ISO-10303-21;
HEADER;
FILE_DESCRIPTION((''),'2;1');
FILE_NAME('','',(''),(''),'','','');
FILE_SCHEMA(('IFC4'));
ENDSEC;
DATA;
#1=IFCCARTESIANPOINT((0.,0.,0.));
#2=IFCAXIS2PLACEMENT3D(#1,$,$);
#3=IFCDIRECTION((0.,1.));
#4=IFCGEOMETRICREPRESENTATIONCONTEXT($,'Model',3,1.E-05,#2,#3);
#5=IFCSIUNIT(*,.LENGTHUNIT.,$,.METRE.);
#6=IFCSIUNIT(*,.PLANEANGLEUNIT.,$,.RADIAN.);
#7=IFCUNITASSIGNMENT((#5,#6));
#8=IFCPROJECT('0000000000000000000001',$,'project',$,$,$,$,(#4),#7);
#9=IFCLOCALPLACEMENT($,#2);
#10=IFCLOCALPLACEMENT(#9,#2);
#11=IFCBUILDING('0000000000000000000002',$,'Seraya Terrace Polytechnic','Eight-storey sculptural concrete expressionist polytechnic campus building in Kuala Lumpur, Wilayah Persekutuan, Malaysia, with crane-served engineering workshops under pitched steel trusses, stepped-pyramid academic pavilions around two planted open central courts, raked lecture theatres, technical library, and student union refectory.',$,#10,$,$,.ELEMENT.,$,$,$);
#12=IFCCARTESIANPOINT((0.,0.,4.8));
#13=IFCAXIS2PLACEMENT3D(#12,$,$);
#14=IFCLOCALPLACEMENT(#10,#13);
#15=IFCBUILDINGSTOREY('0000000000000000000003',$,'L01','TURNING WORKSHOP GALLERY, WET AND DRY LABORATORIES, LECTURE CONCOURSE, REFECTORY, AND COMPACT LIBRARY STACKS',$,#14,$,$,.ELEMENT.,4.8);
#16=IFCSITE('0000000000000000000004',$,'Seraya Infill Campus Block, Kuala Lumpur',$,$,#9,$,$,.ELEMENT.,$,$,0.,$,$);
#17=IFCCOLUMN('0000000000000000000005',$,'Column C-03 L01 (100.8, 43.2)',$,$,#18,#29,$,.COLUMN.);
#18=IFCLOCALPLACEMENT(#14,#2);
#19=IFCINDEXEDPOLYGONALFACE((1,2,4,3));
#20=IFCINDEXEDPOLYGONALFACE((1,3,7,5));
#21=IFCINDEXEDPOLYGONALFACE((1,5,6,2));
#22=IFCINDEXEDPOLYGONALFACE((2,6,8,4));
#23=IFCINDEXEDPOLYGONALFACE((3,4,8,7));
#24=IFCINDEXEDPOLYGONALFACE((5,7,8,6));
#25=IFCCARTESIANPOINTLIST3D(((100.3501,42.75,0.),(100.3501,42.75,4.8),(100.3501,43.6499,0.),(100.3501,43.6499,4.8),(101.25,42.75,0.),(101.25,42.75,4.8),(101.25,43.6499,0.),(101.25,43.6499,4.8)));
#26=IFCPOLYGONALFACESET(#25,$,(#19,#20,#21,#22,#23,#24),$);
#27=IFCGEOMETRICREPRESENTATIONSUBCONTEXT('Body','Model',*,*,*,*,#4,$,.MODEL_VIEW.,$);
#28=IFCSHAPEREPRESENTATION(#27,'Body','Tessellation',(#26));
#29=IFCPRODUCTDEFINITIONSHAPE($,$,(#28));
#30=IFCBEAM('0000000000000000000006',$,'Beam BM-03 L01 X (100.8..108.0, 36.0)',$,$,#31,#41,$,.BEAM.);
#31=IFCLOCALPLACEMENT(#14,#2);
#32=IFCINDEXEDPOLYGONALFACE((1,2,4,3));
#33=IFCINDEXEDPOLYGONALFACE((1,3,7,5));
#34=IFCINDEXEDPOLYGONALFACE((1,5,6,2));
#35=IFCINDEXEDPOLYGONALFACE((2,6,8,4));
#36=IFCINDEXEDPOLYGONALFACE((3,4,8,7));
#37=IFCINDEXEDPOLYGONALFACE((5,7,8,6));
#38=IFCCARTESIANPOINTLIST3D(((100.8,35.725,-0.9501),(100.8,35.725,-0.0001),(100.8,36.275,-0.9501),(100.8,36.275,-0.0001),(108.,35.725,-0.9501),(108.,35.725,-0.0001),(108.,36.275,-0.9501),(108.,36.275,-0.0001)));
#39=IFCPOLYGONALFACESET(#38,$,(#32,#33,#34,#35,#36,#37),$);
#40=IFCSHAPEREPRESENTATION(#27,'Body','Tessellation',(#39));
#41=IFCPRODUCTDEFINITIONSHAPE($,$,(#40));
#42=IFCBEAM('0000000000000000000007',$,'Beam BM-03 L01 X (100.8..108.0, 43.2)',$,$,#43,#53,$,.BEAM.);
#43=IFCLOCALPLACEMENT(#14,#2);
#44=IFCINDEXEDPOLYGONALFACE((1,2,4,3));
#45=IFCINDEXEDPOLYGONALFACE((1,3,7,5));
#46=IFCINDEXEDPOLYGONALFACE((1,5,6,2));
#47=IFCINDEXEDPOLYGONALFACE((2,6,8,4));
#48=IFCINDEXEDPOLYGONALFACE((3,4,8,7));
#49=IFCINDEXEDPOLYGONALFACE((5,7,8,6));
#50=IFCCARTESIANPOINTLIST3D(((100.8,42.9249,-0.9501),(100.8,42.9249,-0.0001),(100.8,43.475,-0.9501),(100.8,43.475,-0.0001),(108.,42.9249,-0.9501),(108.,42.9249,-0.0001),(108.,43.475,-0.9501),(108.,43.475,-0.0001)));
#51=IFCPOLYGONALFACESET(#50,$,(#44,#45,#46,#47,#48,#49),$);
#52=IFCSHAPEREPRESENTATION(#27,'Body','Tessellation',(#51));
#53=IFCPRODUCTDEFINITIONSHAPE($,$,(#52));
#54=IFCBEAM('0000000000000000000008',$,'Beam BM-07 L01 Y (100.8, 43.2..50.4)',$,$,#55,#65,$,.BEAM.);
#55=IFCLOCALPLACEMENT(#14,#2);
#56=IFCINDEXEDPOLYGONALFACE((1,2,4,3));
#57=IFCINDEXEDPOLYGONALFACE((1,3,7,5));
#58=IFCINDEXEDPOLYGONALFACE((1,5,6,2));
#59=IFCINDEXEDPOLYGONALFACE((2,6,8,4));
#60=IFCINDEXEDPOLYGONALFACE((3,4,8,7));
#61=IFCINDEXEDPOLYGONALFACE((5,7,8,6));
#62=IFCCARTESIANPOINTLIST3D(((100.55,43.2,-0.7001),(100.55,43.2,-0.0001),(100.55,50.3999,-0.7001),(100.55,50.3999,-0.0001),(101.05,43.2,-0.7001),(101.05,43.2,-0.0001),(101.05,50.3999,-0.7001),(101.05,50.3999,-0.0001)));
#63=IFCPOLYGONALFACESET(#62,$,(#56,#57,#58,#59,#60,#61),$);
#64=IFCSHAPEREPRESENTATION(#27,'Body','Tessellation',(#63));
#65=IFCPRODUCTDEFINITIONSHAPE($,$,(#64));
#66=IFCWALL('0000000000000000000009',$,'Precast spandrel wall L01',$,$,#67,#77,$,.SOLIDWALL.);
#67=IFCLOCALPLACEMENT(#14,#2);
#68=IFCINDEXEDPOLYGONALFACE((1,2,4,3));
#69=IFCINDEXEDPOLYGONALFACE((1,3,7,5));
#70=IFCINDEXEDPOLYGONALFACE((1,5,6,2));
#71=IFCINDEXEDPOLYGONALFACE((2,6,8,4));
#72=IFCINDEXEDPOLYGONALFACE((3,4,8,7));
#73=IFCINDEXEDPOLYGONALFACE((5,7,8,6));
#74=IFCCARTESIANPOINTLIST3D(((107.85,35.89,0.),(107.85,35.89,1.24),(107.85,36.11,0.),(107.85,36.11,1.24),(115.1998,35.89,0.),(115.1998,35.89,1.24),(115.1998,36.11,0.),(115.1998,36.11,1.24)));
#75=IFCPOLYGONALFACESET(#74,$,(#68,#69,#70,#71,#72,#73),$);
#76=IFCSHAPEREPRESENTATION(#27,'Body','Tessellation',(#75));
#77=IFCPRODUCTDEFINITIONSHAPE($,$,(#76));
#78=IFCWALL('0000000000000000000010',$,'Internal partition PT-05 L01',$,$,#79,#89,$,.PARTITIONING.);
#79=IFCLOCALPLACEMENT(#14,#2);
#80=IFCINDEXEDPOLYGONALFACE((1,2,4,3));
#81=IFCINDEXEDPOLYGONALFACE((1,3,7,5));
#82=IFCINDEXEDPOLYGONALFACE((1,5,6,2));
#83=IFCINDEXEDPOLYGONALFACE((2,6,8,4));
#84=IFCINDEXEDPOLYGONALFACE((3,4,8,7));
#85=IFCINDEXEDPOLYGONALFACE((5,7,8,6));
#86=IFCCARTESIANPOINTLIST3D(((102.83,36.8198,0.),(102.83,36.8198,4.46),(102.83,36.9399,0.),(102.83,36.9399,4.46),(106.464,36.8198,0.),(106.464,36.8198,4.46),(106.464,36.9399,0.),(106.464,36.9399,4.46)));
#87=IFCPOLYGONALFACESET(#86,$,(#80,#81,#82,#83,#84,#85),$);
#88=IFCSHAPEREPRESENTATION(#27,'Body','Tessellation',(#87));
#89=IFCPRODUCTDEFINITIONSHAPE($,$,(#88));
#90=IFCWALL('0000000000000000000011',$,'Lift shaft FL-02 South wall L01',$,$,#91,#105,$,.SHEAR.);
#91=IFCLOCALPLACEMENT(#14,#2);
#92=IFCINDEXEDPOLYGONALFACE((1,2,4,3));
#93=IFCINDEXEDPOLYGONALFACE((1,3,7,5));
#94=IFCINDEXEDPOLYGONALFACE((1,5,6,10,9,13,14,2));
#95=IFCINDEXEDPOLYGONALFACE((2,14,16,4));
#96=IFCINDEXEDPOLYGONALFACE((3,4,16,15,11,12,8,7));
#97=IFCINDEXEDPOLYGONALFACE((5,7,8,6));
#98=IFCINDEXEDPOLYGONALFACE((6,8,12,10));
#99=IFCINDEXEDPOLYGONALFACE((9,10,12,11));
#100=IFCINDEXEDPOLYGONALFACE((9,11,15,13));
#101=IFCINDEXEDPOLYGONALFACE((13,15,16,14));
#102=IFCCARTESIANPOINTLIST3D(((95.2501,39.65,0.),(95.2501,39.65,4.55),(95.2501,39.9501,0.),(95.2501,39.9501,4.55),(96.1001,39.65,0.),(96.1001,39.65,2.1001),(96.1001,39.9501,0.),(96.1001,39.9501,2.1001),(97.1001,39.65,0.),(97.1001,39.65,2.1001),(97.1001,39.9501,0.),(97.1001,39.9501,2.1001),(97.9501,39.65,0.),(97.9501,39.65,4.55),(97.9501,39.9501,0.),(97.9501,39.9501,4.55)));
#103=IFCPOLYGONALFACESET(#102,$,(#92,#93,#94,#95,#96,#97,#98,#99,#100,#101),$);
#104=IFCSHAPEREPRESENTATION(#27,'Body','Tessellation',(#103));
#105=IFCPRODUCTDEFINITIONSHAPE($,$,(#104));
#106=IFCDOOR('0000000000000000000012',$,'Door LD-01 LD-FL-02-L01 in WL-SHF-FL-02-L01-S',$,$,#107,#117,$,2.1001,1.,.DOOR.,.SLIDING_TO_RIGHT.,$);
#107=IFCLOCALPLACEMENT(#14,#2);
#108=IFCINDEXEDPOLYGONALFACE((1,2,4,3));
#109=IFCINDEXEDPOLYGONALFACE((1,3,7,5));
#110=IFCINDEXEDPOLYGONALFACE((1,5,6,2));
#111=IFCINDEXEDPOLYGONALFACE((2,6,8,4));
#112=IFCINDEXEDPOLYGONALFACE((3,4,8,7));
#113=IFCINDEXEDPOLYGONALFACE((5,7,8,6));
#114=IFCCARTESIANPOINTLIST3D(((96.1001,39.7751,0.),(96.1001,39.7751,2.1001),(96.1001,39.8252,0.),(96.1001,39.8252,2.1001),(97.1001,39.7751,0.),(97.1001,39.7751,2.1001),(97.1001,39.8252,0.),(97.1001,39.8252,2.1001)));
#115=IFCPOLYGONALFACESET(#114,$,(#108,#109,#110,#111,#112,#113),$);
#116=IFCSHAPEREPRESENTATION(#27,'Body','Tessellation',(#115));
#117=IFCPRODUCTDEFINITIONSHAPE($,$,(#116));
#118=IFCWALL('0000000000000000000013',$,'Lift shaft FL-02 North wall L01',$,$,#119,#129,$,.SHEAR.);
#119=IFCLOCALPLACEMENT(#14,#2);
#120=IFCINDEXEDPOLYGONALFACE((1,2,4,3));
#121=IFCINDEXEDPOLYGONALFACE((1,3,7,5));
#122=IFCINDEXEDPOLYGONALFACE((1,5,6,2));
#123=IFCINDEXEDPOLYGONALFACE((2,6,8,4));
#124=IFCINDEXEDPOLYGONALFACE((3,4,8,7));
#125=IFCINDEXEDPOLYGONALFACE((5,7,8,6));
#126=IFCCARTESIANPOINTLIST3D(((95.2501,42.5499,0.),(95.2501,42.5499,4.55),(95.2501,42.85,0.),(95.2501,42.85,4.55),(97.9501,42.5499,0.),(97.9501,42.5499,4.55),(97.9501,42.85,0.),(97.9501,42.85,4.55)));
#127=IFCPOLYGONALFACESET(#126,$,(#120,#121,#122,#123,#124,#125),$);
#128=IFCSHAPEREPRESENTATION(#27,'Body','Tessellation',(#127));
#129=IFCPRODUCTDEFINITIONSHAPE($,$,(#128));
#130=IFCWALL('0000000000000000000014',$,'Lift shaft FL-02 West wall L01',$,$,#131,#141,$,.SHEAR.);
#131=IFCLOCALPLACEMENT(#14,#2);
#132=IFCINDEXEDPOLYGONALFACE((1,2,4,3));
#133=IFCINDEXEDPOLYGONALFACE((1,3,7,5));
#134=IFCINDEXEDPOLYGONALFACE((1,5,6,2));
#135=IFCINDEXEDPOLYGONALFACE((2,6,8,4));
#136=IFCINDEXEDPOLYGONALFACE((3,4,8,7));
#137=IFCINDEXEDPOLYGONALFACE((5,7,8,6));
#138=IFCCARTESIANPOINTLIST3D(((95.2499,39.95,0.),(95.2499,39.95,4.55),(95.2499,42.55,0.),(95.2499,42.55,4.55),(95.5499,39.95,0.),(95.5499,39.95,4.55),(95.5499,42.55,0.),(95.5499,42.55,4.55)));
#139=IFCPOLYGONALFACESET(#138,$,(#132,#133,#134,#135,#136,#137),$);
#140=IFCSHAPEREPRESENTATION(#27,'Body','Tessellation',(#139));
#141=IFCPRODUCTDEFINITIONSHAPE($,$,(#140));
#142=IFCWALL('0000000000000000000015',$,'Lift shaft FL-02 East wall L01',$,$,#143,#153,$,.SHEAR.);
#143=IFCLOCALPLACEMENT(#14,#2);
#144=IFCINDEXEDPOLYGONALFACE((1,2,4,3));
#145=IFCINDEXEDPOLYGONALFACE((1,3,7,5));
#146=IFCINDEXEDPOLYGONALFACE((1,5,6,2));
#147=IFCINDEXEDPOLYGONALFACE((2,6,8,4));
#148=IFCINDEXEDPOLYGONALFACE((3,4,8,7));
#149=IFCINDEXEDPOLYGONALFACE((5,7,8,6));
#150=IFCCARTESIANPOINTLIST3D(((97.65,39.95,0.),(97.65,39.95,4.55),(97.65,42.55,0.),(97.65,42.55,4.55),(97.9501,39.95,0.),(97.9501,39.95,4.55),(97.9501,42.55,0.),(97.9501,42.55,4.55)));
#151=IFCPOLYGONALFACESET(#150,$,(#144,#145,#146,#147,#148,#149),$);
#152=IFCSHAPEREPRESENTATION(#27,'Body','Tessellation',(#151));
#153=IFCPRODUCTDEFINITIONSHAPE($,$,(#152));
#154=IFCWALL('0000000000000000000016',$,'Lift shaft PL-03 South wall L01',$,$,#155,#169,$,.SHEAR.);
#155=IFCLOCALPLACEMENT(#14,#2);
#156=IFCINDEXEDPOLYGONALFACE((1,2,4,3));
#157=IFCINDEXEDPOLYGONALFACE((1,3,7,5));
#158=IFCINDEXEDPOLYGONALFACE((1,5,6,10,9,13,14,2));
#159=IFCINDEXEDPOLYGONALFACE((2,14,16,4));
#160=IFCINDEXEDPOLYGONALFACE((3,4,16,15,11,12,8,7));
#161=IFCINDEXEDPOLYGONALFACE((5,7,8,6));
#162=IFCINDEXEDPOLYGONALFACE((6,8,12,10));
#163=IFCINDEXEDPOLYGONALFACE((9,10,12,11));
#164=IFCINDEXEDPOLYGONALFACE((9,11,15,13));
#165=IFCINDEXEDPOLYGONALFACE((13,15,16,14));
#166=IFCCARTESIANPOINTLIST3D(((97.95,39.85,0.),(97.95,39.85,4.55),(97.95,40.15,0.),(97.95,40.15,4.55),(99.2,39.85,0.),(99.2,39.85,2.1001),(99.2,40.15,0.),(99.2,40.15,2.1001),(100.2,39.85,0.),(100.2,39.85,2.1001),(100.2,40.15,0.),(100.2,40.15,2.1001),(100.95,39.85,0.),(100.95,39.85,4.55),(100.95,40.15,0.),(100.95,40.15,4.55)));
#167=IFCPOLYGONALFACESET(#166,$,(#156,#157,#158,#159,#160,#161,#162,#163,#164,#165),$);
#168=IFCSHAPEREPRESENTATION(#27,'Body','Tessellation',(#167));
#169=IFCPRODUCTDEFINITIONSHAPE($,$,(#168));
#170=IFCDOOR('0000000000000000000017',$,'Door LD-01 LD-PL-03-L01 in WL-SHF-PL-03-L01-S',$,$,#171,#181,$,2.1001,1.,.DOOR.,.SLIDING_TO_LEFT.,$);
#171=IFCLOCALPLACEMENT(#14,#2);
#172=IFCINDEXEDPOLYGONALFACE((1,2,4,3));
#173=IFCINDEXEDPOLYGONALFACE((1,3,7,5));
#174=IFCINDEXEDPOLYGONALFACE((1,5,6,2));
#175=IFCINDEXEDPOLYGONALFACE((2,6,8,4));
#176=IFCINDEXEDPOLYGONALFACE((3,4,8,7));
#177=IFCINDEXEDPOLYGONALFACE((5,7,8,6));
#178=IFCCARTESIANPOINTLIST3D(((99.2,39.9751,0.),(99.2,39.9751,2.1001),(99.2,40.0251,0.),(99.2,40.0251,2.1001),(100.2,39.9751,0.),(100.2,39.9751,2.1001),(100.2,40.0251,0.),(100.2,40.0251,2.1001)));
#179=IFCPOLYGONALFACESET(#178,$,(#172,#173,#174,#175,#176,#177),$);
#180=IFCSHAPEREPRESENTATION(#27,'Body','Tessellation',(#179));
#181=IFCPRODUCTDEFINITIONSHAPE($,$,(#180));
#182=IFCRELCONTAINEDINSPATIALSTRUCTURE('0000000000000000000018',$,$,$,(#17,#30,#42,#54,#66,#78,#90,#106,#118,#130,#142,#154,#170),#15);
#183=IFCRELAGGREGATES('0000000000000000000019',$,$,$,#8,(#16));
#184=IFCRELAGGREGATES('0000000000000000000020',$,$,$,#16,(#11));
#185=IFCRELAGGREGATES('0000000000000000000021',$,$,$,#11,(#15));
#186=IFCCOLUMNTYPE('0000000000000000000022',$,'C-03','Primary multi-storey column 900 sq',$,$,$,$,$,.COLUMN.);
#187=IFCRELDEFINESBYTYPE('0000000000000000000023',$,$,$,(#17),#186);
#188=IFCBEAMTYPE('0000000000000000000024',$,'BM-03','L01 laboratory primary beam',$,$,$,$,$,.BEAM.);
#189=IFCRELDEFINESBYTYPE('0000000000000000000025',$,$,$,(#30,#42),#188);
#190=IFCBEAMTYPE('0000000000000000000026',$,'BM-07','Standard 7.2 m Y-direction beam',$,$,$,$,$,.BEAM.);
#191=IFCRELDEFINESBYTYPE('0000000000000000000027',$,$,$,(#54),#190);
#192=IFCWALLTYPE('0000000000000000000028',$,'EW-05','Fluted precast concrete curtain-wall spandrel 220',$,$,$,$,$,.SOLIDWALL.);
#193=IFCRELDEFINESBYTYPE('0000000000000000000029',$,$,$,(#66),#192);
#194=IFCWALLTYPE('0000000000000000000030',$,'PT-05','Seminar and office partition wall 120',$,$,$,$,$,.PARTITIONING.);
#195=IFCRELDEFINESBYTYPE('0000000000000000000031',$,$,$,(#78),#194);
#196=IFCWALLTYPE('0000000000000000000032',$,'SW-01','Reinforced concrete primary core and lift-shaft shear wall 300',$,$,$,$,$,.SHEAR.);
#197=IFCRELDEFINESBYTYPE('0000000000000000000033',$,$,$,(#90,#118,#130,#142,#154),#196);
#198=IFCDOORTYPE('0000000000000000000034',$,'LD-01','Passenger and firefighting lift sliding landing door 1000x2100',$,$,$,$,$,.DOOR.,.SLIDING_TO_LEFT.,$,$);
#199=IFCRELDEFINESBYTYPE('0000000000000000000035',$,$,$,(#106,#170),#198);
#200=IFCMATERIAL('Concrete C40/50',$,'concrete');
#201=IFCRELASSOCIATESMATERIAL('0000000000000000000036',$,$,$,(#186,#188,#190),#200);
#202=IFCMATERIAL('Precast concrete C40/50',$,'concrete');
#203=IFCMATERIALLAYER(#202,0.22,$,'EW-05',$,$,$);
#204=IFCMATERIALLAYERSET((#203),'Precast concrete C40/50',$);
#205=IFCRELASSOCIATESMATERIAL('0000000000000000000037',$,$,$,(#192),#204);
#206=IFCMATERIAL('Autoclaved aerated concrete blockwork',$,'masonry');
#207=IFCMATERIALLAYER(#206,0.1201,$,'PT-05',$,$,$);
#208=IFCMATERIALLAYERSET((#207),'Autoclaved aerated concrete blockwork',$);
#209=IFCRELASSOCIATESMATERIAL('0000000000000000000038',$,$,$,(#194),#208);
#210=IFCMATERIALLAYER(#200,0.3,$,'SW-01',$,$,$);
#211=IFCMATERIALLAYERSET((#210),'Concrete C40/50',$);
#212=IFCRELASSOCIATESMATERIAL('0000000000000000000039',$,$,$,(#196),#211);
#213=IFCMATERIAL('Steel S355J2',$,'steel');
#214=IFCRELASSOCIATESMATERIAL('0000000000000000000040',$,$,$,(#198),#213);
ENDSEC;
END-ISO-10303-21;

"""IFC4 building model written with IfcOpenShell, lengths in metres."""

from ifc_helpers import new_model, si_unit, direction, frame, frame_2d, origin, origin_2d, place, context, subcontext, project, spatial, rectangle, extrude, material, layer, layer_set, material_profile, profile_set, type_object, element, fill, save


model = new_model("IFC4")

# Units and contexts
model_context = context("Model", 3, precision=1e-05, world=origin(), true_north=direction((0.0, 1.0)))
body_context = subcontext(model_context, "Body", "Model", "MODEL_VIEW")
ifc_project = project(units=[si_unit("LENGTHUNIT", "METRE"), si_unit("PLANEANGLEUNIT", "RADIAN")], contexts=[model_context])

# Site, building, storey
site_placement = place(None, origin())
site = spatial("IfcSite", under=ifc_project, at=site_placement, Name="Seraya Infill Campus Block, Kuala Lumpur", CompositionType="ELEMENT", RefElevation=0.0)
building_placement = place(site_placement, origin())
building = spatial("IfcBuilding", under=site, at=building_placement, Name="Seraya Terrace Polytechnic", Description="Eight-storey sculptural concrete expressionist polytechnic campus building in Kuala Lumpur, Wilayah Persekutuan, Malaysia, with crane-served engineering workshops under pitched steel trusses, stepped-pyramid academic pavilions around two planted open central courts, raked lecture theatres, technical library, and student union refectory.", CompositionType="ELEMENT")
storey_placement = place(building_placement, frame((0.0, 0.0, 4.8)))
storey = spatial("IfcBuildingStorey", under=building, at=storey_placement, Name="L01", Description="TURNING WORKSHOP GALLERY, WET AND DRY LABORATORIES, LECTURE CONCOURSE, REFECTORY, AND COMPACT LIBRARY STACKS", CompositionType="ELEMENT", Elevation=4.8)

# Column
ifc_material_1 = material(Name="Concrete C40/50", Category="concrete")
ifc_material_profile_1 = material_profile(ifc_material_1, rectangle(XDim=0.8999, YDim=0.8999, at=origin_2d()), Name="RC 900x900")
ifc_profile_set_1 = profile_set([ifc_material_profile_1], Name="Concrete C40/50")
column_type = type_object("IfcColumnType", Name="C-03", Description="Primary multi-storey column 900 sq", PredefinedType="COLUMN", material=ifc_profile_set_1)
column_placement = place(storey_placement, frame((100.8, 43.2, 0.0), z_axis=(0.0, 0.0, 1.0), x_axis=(1.0, 0.0, 0.0)))
element("IfcColumn", 1, at=column_placement, inside=storey, type_object=column_type, Name="Column C-03 L01 (100.8, 43.2)", PredefinedType="COLUMN", context=body_context, shape_type="SweptSolid", body=[
    extrude(rectangle(XDim=0.8999, YDim=0.8999, at=origin_2d()), origin(), (0.0, 0.0, 1.0), 4.8),
])

# Beams
ifc_material_profile_2 = material_profile(ifc_material_1, rectangle(XDim=0.55, YDim=0.95, at=origin_2d()), Name="RC 550x950")
ifc_profile_set_2 = profile_set([ifc_material_profile_2], Name="Concrete C40/50")
beam_type_1 = type_object("IfcBeamType", Name="BM-03", Description="L01 laboratory primary beam", PredefinedType="BEAM", material=ifc_profile_set_2)
for number, where, z_axis, x_axis, name in (
    (2, (100.8, 36.0, -0.4751), (1.0, 0.0, 0.0), (0.0, 1.0, 0.0), "Beam BM-03 L01 X (100.8..108.0, 36.0)"),
    (3, (100.8, 43.2, -0.4751), (1.0, 0.0, 0.0), (0.0, 1.0, 0.0), "Beam BM-03 L01 X (100.8..108.0, 43.2)"),
):
    element("IfcBeam", number, at=place(storey_placement, frame(where, z_axis=z_axis, x_axis=x_axis)), inside=storey, type_object=beam_type_1, Name=name, PredefinedType="BEAM", context=body_context, shape_type="SweptSolid", body=[
        extrude(rectangle(XDim=0.55, YDim=0.95, at=origin_2d()), origin(), (0.0, 0.0, 1.0), 7.2),
    ])
ifc_material_profile_3 = material_profile(ifc_material_1, rectangle(XDim=0.5, YDim=0.7, at=origin_2d()), Name="RC 500x700")
ifc_profile_set_3 = profile_set([ifc_material_profile_3], Name="Concrete C40/50")
beam_type_2 = type_object("IfcBeamType", Name="BM-07", Description="Standard 7.2 m Y-direction beam", PredefinedType="BEAM", material=ifc_profile_set_3)
beam_placement = place(storey_placement, frame((100.8, 43.2, -0.3501), z_axis=(0.0, 1.0, 0.0), x_axis=(-1.0, 0.0, 0.0)))
element("IfcBeam", 4, at=beam_placement, inside=storey, type_object=beam_type_2, Name="Beam BM-07 L01 Y (100.8, 43.2..50.4)", PredefinedType="BEAM", context=body_context, shape_type="SweptSolid", body=[
    extrude(rectangle(XDim=0.5, YDim=0.7, at=origin_2d()), origin(), (0.0, 0.0, 1.0), 7.2),
])

# Walls
ifc_material_2 = material(Name="Precast concrete C40/50", Category="concrete")
ifc_layer_1 = layer(ifc_material_2, 0.22, Name="EW-05")
ifc_layer_set_1 = layer_set([ifc_layer_1], Name="Precast concrete C40/50")
wall_type_1 = type_object("IfcWallType", Name="EW-05", Description="Fluted precast concrete curtain-wall spandrel 220", PredefinedType="SOLIDWALL", material=ifc_layer_set_1)
wall_1_placement = place(storey_placement, frame((107.8501, 36.0, 0.0), z_axis=(0.0, 0.0, 1.0), x_axis=(1.0, 0.0, 0.0)))
element("IfcWall", 5, at=wall_1_placement, inside=storey, type_object=wall_type_1, Name="Precast spandrel wall L01", PredefinedType="SOLIDWALL", context=body_context, shape_type="SweptSolid", body=[
    extrude(rectangle(XDim=7.3499, YDim=0.22, at=frame_2d((3.6748, 0.0))), origin(), (0.0, 0.0, 1.0), 1.24),
])
ifc_material_3 = material(Name="Autoclaved aerated concrete blockwork", Category="masonry")
ifc_layer_2 = layer(ifc_material_3, 0.1201, Name="PT-05")
ifc_layer_set_2 = layer_set([ifc_layer_2], Name="Autoclaved aerated concrete blockwork")
wall_type_2 = type_object("IfcWallType", Name="PT-05", Description="Seminar and office partition wall 120", PredefinedType="PARTITIONING", material=ifc_layer_set_2)
wall_2_placement = place(storey_placement, frame((102.8301, 36.8799, 0.0), z_axis=(0.0, 0.0, 1.0), x_axis=(1.0, 0.0, 0.0)))
element("IfcWall", 6, at=wall_2_placement, inside=storey, type_object=wall_type_2, Name="Internal partition PT-05 L01", PredefinedType="PARTITIONING", context=body_context, shape_type="SweptSolid", body=[
    extrude(rectangle(XDim=3.634, YDim=0.1201, at=frame_2d((1.8169, 0.0))), origin(), (0.0, 0.0, 1.0), 4.46),
])

# Wall, opening, door
ifc_layer_3 = layer(ifc_material_1, 0.3, Name="SW-01")
ifc_layer_set_3 = layer_set([ifc_layer_3], Name="Concrete C40/50")
wall_type_3 = type_object("IfcWallType", Name="SW-01", Description="Reinforced concrete primary core and lift-shaft shear wall 300", PredefinedType="SHEAR", material=ifc_layer_set_3)
wall_3_placement = place(storey_placement, frame((95.25, 39.8, 0.0), z_axis=(0.0, 0.0, 1.0), x_axis=(1.0, 0.0, 0.0)))
wall_3 = element("IfcWall", 7, at=wall_3_placement, inside=storey, type_object=wall_type_3, Name="Lift shaft FL-02 South wall L01", PredefinedType="SHEAR", context=body_context, shape_type="SweptSolid", body=[
    extrude(rectangle(XDim=2.7, YDim=0.3, at=frame_2d((1.3501, 0.0))), origin(), (0.0, 0.0, 1.0), 4.55),
])
opening_1_placement = place(wall_3_placement, frame((0.8501, 0.0, 0.0)))
opening_1 = element("IfcOpeningElement", 8, at=opening_1_placement, cuts=wall_3, PredefinedType="OPENING", context=body_context, shape_type="SweptSolid", body=[
    extrude(rectangle(XDim=1.0, YDim=2.1001, at=frame_2d((0.5, 1.05))), frame((0.0, 0.1621, 0.0), z_axis=(0.0, -1.0, 0.0), x_axis=(1.0, 0.0, 0.0)), (0.0, 0.0, 1.0), 0.324),
])
ifc_material_4 = material(Name="Steel S355J2", Category="steel")
door_type = type_object("IfcDoorType", Name="LD-01", Description="Passenger and firefighting lift sliding landing door 1000x2100", OperationType="SLIDING_TO_LEFT", PredefinedType="DOOR", material=ifc_material_4)
door_1_placement = place(opening_1_placement, frame((1.0, 0.0, 0.0), z_axis=(0.0, 0.0, 1.0), x_axis=(-1.0, 0.0, 0.0)))
door_1 = element("IfcDoor", 9, at=door_1_placement, inside=storey, type_object=door_type, Name="Door LD-01 LD-FL-02-L01 in WL-SHF-FL-02-L01-S", OperationType="SLIDING_TO_RIGHT", OverallHeight=2.1001, OverallWidth=1.0, PredefinedType="DOOR", context=body_context, shape_type="SweptSolid", body=[
    extrude(rectangle(XDim=1.0, YDim=2.1001, at=frame_2d((0.5, 1.05))), frame((0.0, 0.0249, 0.0), z_axis=(0.0, -1.0, 0.0), x_axis=(1.0, 0.0, 0.0)), (0.0, 0.0, 1.0), 0.05),
])
fill(opening_1, door_1)

# Walls
wall_4_placement = place(storey_placement, frame((95.25, 42.7, 0.0), z_axis=(0.0, 0.0, 1.0), x_axis=(1.0, 0.0, 0.0)))
element("IfcWall", 10, at=wall_4_placement, inside=storey, type_object=wall_type_3, Name="Lift shaft FL-02 North wall L01", PredefinedType="SHEAR", context=body_context, shape_type="SweptSolid", body=[
    extrude(rectangle(XDim=2.7, YDim=0.3, at=frame_2d((1.3501, 0.0))), origin(), (0.0, 0.0, 1.0), 4.55),
])
for number, where, z_axis, x_axis, name in (
    (11, (95.3999, 39.95, 0.0), (0.0, 0.0, 1.0), (0.0, 1.0, 0.0), "Lift shaft FL-02 West wall L01"),
    (12, (97.8, 39.95, 0.0), (0.0, 0.0, 1.0), (0.0, 1.0, 0.0), "Lift shaft FL-02 East wall L01"),
):
    element("IfcWall", number, at=place(storey_placement, frame(where, z_axis=z_axis, x_axis=x_axis)), inside=storey, type_object=wall_type_3, Name=name, PredefinedType="SHEAR", context=body_context, shape_type="SweptSolid", body=[
        extrude(rectangle(XDim=2.6001, YDim=0.3, at=frame_2d((1.3, 0.0))), origin(), (0.0, 0.0, 1.0), 4.55),
    ])

# Wall, opening, door
wall_5_placement = place(storey_placement, frame((97.95, 40.0, 0.0), z_axis=(0.0, 0.0, 1.0), x_axis=(1.0, 0.0, 0.0)))
wall_5 = element("IfcWall", 13, at=wall_5_placement, inside=storey, type_object=wall_type_3, Name="Lift shaft PL-03 South wall L01", PredefinedType="SHEAR", context=body_context, shape_type="SweptSolid", body=[
    extrude(rectangle(XDim=3.0, YDim=0.3, at=frame_2d((1.5, 0.0))), origin(), (0.0, 0.0, 1.0), 4.55),
])
opening_2_placement = place(wall_5_placement, frame((1.25, 0.0, 0.0)))
opening_2 = element("IfcOpeningElement", 14, at=opening_2_placement, cuts=wall_5, PredefinedType="OPENING", context=body_context, shape_type="SweptSolid", body=[
    extrude(rectangle(XDim=1.0, YDim=2.1001, at=frame_2d((0.5, 1.05))), frame((0.0, 0.1621, 0.0), z_axis=(0.0, -1.0, 0.0), x_axis=(1.0, 0.0, 0.0)), (0.0, 0.0, 1.0), 0.324),
])
door_2_placement = place(opening_2_placement, frame((1.0, 0.0, 0.0), z_axis=(0.0, 0.0, 1.0), x_axis=(-1.0, 0.0, 0.0)))
door_2 = element("IfcDoor", 15, at=door_2_placement, inside=storey, type_object=door_type, Name="Door LD-01 LD-PL-03-L01 in WL-SHF-PL-03-L01-S", OperationType="SLIDING_TO_LEFT", OverallHeight=2.1001, OverallWidth=1.0, PredefinedType="DOOR", context=body_context, shape_type="SweptSolid", body=[
    extrude(rectangle(XDim=1.0, YDim=2.1001, at=frame_2d((0.5, 1.05))), frame((0.0, 0.0249, 0.0), z_axis=(0.0, -1.0, 0.0), x_axis=(1.0, 0.0, 0.0)), (0.0, 0.0, 1.0), 0.05),
])
fill(opening_2, door_2)

save(model, "model.ifc")
